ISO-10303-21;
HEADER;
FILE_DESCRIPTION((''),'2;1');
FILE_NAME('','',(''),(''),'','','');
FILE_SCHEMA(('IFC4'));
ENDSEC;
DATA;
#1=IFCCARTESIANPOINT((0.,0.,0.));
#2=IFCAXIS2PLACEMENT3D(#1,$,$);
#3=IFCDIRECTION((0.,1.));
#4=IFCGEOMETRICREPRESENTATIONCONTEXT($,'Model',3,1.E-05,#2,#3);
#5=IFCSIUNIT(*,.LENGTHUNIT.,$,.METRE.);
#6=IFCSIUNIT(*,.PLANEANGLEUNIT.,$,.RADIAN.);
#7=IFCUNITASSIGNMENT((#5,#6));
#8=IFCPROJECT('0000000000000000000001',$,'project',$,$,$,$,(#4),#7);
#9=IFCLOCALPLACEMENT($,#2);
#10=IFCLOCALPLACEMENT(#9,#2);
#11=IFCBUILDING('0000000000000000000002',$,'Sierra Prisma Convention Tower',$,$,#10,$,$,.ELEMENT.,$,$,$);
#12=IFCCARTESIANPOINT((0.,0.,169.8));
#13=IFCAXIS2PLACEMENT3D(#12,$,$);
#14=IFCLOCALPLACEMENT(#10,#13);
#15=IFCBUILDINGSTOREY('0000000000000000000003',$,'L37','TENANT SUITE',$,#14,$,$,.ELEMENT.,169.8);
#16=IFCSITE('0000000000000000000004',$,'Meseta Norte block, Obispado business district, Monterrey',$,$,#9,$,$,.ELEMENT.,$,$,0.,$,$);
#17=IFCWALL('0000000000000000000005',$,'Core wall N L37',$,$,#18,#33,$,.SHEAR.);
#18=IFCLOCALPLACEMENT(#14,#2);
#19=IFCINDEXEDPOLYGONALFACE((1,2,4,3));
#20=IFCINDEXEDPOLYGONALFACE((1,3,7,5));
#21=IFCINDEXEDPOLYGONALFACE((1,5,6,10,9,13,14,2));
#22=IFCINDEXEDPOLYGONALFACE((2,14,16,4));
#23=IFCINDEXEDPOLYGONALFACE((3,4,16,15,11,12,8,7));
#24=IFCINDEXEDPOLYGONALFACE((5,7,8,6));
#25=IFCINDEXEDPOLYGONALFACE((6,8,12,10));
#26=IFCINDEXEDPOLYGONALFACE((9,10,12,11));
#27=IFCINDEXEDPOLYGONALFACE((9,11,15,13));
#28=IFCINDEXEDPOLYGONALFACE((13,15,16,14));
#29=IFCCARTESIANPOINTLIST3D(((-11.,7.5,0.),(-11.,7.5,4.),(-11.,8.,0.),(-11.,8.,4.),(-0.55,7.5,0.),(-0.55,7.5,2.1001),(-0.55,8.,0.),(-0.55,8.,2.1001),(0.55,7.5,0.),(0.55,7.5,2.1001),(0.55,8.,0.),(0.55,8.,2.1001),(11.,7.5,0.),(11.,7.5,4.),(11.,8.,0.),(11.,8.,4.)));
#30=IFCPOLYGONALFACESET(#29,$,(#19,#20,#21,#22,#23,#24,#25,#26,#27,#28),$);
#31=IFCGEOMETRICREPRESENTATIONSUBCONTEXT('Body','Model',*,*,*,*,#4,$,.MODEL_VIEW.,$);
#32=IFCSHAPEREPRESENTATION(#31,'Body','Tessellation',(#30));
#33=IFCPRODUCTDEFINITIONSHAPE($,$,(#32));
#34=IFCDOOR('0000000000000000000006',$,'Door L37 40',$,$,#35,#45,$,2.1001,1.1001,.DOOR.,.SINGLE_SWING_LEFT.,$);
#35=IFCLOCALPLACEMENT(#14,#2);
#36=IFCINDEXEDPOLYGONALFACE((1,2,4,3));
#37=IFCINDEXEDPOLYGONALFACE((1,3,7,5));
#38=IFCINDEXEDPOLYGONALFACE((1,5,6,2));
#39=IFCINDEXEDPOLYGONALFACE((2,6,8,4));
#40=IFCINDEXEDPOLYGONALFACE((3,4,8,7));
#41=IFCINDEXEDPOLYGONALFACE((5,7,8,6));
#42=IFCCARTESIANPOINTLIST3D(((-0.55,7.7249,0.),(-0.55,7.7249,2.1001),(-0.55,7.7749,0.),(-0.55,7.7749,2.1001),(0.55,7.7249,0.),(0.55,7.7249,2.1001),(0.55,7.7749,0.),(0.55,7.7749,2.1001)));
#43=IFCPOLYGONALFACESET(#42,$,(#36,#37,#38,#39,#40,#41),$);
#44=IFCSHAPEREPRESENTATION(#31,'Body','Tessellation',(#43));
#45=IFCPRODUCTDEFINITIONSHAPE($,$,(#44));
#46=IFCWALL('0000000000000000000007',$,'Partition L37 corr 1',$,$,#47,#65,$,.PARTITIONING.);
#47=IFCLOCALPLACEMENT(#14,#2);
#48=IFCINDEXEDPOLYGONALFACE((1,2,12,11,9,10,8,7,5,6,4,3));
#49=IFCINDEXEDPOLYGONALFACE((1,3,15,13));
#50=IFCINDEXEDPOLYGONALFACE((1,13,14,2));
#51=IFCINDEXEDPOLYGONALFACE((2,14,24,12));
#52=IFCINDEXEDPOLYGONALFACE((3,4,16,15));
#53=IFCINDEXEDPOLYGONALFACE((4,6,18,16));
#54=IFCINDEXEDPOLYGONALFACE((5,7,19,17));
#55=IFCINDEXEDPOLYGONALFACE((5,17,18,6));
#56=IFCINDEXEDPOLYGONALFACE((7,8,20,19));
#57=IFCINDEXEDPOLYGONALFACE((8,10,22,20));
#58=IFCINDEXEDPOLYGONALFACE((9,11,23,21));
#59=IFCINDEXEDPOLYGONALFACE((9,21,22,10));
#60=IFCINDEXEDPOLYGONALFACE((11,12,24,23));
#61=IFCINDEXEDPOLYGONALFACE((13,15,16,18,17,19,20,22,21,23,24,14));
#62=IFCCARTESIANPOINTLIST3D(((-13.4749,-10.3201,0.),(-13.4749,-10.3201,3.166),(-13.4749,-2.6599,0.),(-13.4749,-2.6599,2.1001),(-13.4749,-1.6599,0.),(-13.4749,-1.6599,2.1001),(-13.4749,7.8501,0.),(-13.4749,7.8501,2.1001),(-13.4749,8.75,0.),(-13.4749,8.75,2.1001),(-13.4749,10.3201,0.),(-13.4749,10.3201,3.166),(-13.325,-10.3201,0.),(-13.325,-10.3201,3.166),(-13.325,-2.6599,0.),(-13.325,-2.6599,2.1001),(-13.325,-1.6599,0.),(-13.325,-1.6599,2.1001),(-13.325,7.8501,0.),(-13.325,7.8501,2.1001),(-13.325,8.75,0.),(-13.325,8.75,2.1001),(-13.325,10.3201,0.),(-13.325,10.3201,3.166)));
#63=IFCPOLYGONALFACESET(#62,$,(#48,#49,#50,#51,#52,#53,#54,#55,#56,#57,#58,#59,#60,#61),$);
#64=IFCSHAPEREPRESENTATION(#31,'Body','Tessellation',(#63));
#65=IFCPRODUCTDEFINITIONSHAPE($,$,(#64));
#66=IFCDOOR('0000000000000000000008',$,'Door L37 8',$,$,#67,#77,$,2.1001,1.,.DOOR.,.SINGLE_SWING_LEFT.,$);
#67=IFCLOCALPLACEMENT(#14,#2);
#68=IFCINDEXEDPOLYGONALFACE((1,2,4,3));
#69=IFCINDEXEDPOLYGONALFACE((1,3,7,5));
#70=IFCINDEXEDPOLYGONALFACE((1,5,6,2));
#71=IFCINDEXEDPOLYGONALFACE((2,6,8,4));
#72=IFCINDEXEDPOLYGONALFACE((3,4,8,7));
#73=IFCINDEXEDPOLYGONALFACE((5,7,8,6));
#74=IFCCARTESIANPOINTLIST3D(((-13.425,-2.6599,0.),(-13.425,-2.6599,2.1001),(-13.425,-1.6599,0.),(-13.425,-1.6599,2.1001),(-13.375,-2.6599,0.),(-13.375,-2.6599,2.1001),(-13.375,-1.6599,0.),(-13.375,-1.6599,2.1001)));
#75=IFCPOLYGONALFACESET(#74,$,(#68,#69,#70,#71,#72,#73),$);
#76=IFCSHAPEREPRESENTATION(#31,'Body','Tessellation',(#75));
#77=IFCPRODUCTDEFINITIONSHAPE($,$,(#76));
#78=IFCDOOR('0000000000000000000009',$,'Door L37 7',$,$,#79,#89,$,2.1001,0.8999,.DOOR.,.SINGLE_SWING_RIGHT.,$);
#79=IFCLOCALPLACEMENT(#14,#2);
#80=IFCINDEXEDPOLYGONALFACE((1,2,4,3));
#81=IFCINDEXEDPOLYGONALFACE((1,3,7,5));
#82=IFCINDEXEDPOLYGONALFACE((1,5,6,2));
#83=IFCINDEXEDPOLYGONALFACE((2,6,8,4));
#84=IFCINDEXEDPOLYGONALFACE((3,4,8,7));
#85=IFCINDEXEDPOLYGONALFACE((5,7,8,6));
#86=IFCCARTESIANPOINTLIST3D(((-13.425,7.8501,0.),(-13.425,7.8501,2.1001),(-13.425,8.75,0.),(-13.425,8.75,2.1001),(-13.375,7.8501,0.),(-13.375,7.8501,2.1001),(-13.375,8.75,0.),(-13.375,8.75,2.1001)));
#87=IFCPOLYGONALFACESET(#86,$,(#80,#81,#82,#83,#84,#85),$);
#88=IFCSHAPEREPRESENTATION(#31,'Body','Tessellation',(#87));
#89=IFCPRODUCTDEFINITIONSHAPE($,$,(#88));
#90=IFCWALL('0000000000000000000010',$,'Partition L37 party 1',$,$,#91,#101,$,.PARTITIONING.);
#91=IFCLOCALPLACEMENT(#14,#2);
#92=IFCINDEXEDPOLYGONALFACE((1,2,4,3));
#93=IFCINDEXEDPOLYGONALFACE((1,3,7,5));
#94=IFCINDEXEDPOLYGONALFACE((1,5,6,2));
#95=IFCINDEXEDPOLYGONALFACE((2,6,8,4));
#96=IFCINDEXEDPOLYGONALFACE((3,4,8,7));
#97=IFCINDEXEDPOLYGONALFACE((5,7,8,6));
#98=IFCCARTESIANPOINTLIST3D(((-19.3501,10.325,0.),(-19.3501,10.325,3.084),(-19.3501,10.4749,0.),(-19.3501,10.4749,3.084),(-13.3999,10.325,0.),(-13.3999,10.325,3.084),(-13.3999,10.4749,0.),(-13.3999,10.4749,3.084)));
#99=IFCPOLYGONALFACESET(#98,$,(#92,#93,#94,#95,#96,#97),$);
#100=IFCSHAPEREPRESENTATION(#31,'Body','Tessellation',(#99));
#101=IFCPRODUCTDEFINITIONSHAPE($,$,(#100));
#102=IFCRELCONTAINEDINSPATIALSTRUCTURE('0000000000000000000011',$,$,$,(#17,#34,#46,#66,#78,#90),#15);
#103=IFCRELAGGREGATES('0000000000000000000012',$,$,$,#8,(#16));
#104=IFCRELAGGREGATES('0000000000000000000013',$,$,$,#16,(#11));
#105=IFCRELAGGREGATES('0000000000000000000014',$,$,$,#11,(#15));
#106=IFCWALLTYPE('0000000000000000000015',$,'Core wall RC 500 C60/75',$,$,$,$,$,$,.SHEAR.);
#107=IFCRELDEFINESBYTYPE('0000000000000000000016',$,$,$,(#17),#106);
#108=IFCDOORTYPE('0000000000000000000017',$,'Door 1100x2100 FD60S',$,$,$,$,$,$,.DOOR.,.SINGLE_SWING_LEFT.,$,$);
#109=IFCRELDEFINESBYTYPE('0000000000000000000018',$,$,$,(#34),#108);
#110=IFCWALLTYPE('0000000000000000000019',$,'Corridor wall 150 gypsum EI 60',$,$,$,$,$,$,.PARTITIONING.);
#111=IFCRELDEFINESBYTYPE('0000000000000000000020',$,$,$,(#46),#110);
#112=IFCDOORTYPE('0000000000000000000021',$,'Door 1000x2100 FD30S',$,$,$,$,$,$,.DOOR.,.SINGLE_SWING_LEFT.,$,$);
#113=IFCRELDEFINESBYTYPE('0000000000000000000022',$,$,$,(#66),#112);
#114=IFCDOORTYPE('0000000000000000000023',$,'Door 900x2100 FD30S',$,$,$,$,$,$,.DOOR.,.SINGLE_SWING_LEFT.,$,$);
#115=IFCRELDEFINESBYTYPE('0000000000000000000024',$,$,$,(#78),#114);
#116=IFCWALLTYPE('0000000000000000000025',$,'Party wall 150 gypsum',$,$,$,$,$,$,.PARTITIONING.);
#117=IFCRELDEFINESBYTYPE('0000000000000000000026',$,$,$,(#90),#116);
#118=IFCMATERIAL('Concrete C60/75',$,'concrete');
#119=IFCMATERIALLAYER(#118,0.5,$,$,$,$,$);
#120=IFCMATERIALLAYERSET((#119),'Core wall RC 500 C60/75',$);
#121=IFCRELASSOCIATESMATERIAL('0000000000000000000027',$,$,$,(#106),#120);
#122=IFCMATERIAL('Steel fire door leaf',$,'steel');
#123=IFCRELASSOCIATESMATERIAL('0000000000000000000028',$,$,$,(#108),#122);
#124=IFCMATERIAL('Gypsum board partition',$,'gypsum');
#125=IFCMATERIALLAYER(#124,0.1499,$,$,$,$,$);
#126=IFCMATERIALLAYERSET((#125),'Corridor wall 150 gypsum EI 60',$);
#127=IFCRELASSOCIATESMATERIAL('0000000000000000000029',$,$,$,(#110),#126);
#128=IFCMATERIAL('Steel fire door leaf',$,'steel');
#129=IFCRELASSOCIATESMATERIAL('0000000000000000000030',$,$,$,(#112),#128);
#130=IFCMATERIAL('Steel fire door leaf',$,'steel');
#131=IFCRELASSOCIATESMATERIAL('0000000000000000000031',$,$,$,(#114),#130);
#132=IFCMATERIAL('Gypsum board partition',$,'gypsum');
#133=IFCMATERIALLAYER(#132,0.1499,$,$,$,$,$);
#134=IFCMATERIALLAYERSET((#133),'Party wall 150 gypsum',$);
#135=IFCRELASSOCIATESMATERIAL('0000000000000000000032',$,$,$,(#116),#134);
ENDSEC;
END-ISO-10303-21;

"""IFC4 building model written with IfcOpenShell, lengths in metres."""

from ifc_helpers import new_model, si_unit, direction, frame, frame_2d, origin, place, context, subcontext, project, spatial, rectangle, extrude, material, layer, layer_set, type_object, element, fill, save


model = new_model("IFC4")

# Units and contexts
model_context = context("Model", 3, precision=1e-05, world=origin(), true_north=direction((0.0, 1.0)))
body_context = subcontext(model_context, "Body", "Model", "MODEL_VIEW")
ifc_project = project(units=[si_unit("LENGTHUNIT", "METRE"), si_unit("PLANEANGLEUNIT", "RADIAN")], contexts=[model_context])

# Site, building, storey
site_placement = place(None, origin())
site = spatial("IfcSite", under=ifc_project, at=site_placement, Name="Meseta Norte block, Obispado business district, Monterrey", CompositionType="ELEMENT", RefElevation=0.0)
building_placement = place(site_placement, origin())
building = spatial("IfcBuilding", under=site, at=building_placement, Name="Sierra Prisma Convention Tower", CompositionType="ELEMENT")
storey_placement = place(building_placement, frame((0.0, 0.0, 169.8)))
storey = spatial("IfcBuildingStorey", under=building, at=storey_placement, Name="L37", Description="TENANT SUITE", CompositionType="ELEMENT", Elevation=169.8)

# Wall, opening, door
ifc_material_1 = material(Name="Concrete C60/75", Category="concrete")
ifc_layer_1 = layer(ifc_material_1, 0.5)
ifc_layer_set_1 = layer_set([ifc_layer_1], Name="Core wall RC 500 C60/75")
wall_type_1 = type_object("IfcWallType", Name="Core wall RC 500 C60/75", PredefinedType="SHEAR", material=ifc_layer_set_1)
wall_1_placement = place(storey_placement, frame((-11.0, 7.75, 0.0), z_axis=(0.0, 0.0, 1.0), x_axis=(1.0, 0.0, 0.0)))
wall_1 = element("IfcWall", 1, at=wall_1_placement, inside=storey, type_object=wall_type_1, Name="Core wall N L37", PredefinedType="SHEAR", context=body_context, shape_type="SweptSolid", body=[
    extrude(rectangle(XDim=22.0, YDim=0.5, at=frame_2d((11.0, 0.0))), origin(), (0.0, 0.0, 1.0), 4.0),
])
opening_1_placement = place(wall_1_placement, frame((10.45, 0.0, 0.0)))
opening_1 = element("IfcOpeningElement", 2, at=opening_1_placement, cuts=wall_1, PredefinedType="OPENING", context=body_context, shape_type="SweptSolid", body=[
    extrude(rectangle(XDim=1.1001, YDim=2.1001, at=frame_2d((0.55, 1.05))), frame((0.0, 0.25, 0.0), z_axis=(0.0, -1.0, 0.0), x_axis=(1.0, 0.0, 0.0)), (0.0, 0.0, 1.0), 0.5),
])
ifc_material_2 = material(Name="Steel fire door leaf", Category="steel")
door_type_1 = type_object("IfcDoorType", Name="Door 1100x2100 FD60S", OperationType="SINGLE_SWING_LEFT", PredefinedType="DOOR", material=ifc_material_2)
door_1_placement = place(opening_1_placement, origin())
door_1 = element("IfcDoor", 3, at=door_1_placement, inside=storey, type_object=door_type_1, Name="Door L37 40", OperationType="SINGLE_SWING_LEFT", OverallHeight=2.1001, OverallWidth=1.1001, PredefinedType="DOOR", context=body_context, shape_type="SweptSolid", body=[
    extrude(rectangle(XDim=1.1001, YDim=2.1001, at=frame_2d((0.55, 1.05))), frame((0.0, 0.0249, 0.0), z_axis=(0.0, -1.0, 0.0), x_axis=(1.0, 0.0, 0.0)), (0.0, 0.0, 1.0), 0.05),
])
fill(opening_1, door_1)

# Wall, openings, doors
ifc_material_3 = material(Name="Gypsum board partition", Category="gypsum")
ifc_layer_2 = layer(ifc_material_3, 0.1499)
ifc_layer_set_2 = layer_set([ifc_layer_2], Name="Corridor wall 150 gypsum EI 60")
wall_type_2 = type_object("IfcWallType", Name="Corridor wall 150 gypsum EI 60", PredefinedType="PARTITIONING", material=ifc_layer_set_2)
wall_2_placement = place(storey_placement, frame((-13.3999, 10.3201, 0.0), z_axis=(0.0, 0.0, 1.0), x_axis=(0.0, -1.0, 0.0)))
wall_2 = element("IfcWall", 4, at=wall_2_placement, inside=storey, type_object=wall_type_2, Name="Partition L37 corr 1", PredefinedType="PARTITIONING", context=body_context, shape_type="SweptSolid", body=[
    extrude(rectangle(XDim=20.6401, YDim=0.1499, at=frame_2d((10.3201, 0.0))), origin(), (0.0, 0.0, 1.0), 3.166),
])
opening_2_placement = place(wall_2_placement, frame((1.5701, 0.0, 0.0)))
opening_2 = element("IfcOpeningElement", 5, at=opening_2_placement, cuts=wall_2, PredefinedType="OPENING", context=body_context, shape_type="SweptSolid", body=[
    extrude(rectangle(XDim=0.8999, YDim=2.1001, at=frame_2d((0.45, 1.05))), frame((0.0, 0.075, 0.0), z_axis=(0.0, -1.0, 0.0), x_axis=(1.0, 0.0, 0.0)), (0.0, 0.0, 1.0), 0.1499),
])
opening_3_placement = place(wall_2_placement, frame((11.98, 0.0, 0.0)))
opening_3 = element("IfcOpeningElement", 6, at=opening_3_placement, cuts=wall_2, PredefinedType="OPENING", context=body_context, shape_type="SweptSolid", body=[
    extrude(rectangle(XDim=1.0, YDim=2.1001, at=frame_2d((0.5, 1.05))), frame((0.0, 0.075, 0.0), z_axis=(0.0, -1.0, 0.0), x_axis=(1.0, 0.0, 0.0)), (0.0, 0.0, 1.0), 0.1499),
])
ifc_material_4 = material(Name="Steel fire door leaf", Category="steel")
door_type_2 = type_object("IfcDoorType", Name="Door 1000x2100 FD30S", OperationType="SINGLE_SWING_LEFT", PredefinedType="DOOR", material=ifc_material_4)
door_2_placement = place(opening_3_placement, origin())
door_2 = element("IfcDoor", 7, at=door_2_placement, inside=storey, type_object=door_type_2, Name="Door L37 8", OperationType="SINGLE_SWING_LEFT", OverallHeight=2.1001, OverallWidth=1.0, PredefinedType="DOOR", context=body_context, shape_type="SweptSolid", body=[
    extrude(rectangle(XDim=1.0, YDim=2.1001, at=frame_2d((0.5, 1.05))), frame((0.0, 0.0249, 0.0), z_axis=(0.0, -1.0, 0.0), x_axis=(1.0, 0.0, 0.0)), (0.0, 0.0, 1.0), 0.05),
])
fill(opening_3, door_2)
ifc_material_5 = material(Name="Steel fire door leaf", Category="steel")
door_type_3 = type_object("IfcDoorType", Name="Door 900x2100 FD30S", OperationType="SINGLE_SWING_LEFT", PredefinedType="DOOR", material=ifc_material_5)
door_3_placement = place(opening_2_placement, origin())
door_3 = element("IfcDoor", 8, at=door_3_placement, inside=storey, type_object=door_type_3, Name="Door L37 7", OperationType="SINGLE_SWING_RIGHT", OverallHeight=2.1001, OverallWidth=0.8999, PredefinedType="DOOR", context=body_context, shape_type="SweptSolid", body=[
    extrude(rectangle(XDim=0.8999, YDim=2.1001, at=frame_2d((0.45, 1.05))), frame((0.0, 0.0249, 0.0), z_axis=(0.0, -1.0, 0.0), x_axis=(1.0, 0.0, 0.0)), (0.0, 0.0, 1.0), 0.05),
])
fill(opening_2, door_3)

# Wall
ifc_material_6 = material(Name="Gypsum board partition", Category="gypsum")
ifc_layer_3 = layer(ifc_material_6, 0.1499)
ifc_layer_set_3 = layer_set([ifc_layer_3], Name="Party wall 150 gypsum")
wall_type_3 = type_object("IfcWallType", Name="Party wall 150 gypsum", PredefinedType="PARTITIONING", material=ifc_layer_set_3)
wall_3_placement = place(storey_placement, frame((-13.3999, 10.3999, 0.0), z_axis=(0.0, 0.0, 1.0), x_axis=(-1.0, 0.0, 0.0)))
element("IfcWall", 9, at=wall_3_placement, inside=storey, type_object=wall_type_3, Name="Partition L37 party 1", PredefinedType="PARTITIONING", context=body_context, shape_type="SweptSolid", body=[
    extrude(rectangle(XDim=5.9502, YDim=0.1499, at=frame_2d((2.9751, 0.0))), origin(), (0.0, 0.0, 1.0), 3.084),
])

save(model, "model.ifc")
